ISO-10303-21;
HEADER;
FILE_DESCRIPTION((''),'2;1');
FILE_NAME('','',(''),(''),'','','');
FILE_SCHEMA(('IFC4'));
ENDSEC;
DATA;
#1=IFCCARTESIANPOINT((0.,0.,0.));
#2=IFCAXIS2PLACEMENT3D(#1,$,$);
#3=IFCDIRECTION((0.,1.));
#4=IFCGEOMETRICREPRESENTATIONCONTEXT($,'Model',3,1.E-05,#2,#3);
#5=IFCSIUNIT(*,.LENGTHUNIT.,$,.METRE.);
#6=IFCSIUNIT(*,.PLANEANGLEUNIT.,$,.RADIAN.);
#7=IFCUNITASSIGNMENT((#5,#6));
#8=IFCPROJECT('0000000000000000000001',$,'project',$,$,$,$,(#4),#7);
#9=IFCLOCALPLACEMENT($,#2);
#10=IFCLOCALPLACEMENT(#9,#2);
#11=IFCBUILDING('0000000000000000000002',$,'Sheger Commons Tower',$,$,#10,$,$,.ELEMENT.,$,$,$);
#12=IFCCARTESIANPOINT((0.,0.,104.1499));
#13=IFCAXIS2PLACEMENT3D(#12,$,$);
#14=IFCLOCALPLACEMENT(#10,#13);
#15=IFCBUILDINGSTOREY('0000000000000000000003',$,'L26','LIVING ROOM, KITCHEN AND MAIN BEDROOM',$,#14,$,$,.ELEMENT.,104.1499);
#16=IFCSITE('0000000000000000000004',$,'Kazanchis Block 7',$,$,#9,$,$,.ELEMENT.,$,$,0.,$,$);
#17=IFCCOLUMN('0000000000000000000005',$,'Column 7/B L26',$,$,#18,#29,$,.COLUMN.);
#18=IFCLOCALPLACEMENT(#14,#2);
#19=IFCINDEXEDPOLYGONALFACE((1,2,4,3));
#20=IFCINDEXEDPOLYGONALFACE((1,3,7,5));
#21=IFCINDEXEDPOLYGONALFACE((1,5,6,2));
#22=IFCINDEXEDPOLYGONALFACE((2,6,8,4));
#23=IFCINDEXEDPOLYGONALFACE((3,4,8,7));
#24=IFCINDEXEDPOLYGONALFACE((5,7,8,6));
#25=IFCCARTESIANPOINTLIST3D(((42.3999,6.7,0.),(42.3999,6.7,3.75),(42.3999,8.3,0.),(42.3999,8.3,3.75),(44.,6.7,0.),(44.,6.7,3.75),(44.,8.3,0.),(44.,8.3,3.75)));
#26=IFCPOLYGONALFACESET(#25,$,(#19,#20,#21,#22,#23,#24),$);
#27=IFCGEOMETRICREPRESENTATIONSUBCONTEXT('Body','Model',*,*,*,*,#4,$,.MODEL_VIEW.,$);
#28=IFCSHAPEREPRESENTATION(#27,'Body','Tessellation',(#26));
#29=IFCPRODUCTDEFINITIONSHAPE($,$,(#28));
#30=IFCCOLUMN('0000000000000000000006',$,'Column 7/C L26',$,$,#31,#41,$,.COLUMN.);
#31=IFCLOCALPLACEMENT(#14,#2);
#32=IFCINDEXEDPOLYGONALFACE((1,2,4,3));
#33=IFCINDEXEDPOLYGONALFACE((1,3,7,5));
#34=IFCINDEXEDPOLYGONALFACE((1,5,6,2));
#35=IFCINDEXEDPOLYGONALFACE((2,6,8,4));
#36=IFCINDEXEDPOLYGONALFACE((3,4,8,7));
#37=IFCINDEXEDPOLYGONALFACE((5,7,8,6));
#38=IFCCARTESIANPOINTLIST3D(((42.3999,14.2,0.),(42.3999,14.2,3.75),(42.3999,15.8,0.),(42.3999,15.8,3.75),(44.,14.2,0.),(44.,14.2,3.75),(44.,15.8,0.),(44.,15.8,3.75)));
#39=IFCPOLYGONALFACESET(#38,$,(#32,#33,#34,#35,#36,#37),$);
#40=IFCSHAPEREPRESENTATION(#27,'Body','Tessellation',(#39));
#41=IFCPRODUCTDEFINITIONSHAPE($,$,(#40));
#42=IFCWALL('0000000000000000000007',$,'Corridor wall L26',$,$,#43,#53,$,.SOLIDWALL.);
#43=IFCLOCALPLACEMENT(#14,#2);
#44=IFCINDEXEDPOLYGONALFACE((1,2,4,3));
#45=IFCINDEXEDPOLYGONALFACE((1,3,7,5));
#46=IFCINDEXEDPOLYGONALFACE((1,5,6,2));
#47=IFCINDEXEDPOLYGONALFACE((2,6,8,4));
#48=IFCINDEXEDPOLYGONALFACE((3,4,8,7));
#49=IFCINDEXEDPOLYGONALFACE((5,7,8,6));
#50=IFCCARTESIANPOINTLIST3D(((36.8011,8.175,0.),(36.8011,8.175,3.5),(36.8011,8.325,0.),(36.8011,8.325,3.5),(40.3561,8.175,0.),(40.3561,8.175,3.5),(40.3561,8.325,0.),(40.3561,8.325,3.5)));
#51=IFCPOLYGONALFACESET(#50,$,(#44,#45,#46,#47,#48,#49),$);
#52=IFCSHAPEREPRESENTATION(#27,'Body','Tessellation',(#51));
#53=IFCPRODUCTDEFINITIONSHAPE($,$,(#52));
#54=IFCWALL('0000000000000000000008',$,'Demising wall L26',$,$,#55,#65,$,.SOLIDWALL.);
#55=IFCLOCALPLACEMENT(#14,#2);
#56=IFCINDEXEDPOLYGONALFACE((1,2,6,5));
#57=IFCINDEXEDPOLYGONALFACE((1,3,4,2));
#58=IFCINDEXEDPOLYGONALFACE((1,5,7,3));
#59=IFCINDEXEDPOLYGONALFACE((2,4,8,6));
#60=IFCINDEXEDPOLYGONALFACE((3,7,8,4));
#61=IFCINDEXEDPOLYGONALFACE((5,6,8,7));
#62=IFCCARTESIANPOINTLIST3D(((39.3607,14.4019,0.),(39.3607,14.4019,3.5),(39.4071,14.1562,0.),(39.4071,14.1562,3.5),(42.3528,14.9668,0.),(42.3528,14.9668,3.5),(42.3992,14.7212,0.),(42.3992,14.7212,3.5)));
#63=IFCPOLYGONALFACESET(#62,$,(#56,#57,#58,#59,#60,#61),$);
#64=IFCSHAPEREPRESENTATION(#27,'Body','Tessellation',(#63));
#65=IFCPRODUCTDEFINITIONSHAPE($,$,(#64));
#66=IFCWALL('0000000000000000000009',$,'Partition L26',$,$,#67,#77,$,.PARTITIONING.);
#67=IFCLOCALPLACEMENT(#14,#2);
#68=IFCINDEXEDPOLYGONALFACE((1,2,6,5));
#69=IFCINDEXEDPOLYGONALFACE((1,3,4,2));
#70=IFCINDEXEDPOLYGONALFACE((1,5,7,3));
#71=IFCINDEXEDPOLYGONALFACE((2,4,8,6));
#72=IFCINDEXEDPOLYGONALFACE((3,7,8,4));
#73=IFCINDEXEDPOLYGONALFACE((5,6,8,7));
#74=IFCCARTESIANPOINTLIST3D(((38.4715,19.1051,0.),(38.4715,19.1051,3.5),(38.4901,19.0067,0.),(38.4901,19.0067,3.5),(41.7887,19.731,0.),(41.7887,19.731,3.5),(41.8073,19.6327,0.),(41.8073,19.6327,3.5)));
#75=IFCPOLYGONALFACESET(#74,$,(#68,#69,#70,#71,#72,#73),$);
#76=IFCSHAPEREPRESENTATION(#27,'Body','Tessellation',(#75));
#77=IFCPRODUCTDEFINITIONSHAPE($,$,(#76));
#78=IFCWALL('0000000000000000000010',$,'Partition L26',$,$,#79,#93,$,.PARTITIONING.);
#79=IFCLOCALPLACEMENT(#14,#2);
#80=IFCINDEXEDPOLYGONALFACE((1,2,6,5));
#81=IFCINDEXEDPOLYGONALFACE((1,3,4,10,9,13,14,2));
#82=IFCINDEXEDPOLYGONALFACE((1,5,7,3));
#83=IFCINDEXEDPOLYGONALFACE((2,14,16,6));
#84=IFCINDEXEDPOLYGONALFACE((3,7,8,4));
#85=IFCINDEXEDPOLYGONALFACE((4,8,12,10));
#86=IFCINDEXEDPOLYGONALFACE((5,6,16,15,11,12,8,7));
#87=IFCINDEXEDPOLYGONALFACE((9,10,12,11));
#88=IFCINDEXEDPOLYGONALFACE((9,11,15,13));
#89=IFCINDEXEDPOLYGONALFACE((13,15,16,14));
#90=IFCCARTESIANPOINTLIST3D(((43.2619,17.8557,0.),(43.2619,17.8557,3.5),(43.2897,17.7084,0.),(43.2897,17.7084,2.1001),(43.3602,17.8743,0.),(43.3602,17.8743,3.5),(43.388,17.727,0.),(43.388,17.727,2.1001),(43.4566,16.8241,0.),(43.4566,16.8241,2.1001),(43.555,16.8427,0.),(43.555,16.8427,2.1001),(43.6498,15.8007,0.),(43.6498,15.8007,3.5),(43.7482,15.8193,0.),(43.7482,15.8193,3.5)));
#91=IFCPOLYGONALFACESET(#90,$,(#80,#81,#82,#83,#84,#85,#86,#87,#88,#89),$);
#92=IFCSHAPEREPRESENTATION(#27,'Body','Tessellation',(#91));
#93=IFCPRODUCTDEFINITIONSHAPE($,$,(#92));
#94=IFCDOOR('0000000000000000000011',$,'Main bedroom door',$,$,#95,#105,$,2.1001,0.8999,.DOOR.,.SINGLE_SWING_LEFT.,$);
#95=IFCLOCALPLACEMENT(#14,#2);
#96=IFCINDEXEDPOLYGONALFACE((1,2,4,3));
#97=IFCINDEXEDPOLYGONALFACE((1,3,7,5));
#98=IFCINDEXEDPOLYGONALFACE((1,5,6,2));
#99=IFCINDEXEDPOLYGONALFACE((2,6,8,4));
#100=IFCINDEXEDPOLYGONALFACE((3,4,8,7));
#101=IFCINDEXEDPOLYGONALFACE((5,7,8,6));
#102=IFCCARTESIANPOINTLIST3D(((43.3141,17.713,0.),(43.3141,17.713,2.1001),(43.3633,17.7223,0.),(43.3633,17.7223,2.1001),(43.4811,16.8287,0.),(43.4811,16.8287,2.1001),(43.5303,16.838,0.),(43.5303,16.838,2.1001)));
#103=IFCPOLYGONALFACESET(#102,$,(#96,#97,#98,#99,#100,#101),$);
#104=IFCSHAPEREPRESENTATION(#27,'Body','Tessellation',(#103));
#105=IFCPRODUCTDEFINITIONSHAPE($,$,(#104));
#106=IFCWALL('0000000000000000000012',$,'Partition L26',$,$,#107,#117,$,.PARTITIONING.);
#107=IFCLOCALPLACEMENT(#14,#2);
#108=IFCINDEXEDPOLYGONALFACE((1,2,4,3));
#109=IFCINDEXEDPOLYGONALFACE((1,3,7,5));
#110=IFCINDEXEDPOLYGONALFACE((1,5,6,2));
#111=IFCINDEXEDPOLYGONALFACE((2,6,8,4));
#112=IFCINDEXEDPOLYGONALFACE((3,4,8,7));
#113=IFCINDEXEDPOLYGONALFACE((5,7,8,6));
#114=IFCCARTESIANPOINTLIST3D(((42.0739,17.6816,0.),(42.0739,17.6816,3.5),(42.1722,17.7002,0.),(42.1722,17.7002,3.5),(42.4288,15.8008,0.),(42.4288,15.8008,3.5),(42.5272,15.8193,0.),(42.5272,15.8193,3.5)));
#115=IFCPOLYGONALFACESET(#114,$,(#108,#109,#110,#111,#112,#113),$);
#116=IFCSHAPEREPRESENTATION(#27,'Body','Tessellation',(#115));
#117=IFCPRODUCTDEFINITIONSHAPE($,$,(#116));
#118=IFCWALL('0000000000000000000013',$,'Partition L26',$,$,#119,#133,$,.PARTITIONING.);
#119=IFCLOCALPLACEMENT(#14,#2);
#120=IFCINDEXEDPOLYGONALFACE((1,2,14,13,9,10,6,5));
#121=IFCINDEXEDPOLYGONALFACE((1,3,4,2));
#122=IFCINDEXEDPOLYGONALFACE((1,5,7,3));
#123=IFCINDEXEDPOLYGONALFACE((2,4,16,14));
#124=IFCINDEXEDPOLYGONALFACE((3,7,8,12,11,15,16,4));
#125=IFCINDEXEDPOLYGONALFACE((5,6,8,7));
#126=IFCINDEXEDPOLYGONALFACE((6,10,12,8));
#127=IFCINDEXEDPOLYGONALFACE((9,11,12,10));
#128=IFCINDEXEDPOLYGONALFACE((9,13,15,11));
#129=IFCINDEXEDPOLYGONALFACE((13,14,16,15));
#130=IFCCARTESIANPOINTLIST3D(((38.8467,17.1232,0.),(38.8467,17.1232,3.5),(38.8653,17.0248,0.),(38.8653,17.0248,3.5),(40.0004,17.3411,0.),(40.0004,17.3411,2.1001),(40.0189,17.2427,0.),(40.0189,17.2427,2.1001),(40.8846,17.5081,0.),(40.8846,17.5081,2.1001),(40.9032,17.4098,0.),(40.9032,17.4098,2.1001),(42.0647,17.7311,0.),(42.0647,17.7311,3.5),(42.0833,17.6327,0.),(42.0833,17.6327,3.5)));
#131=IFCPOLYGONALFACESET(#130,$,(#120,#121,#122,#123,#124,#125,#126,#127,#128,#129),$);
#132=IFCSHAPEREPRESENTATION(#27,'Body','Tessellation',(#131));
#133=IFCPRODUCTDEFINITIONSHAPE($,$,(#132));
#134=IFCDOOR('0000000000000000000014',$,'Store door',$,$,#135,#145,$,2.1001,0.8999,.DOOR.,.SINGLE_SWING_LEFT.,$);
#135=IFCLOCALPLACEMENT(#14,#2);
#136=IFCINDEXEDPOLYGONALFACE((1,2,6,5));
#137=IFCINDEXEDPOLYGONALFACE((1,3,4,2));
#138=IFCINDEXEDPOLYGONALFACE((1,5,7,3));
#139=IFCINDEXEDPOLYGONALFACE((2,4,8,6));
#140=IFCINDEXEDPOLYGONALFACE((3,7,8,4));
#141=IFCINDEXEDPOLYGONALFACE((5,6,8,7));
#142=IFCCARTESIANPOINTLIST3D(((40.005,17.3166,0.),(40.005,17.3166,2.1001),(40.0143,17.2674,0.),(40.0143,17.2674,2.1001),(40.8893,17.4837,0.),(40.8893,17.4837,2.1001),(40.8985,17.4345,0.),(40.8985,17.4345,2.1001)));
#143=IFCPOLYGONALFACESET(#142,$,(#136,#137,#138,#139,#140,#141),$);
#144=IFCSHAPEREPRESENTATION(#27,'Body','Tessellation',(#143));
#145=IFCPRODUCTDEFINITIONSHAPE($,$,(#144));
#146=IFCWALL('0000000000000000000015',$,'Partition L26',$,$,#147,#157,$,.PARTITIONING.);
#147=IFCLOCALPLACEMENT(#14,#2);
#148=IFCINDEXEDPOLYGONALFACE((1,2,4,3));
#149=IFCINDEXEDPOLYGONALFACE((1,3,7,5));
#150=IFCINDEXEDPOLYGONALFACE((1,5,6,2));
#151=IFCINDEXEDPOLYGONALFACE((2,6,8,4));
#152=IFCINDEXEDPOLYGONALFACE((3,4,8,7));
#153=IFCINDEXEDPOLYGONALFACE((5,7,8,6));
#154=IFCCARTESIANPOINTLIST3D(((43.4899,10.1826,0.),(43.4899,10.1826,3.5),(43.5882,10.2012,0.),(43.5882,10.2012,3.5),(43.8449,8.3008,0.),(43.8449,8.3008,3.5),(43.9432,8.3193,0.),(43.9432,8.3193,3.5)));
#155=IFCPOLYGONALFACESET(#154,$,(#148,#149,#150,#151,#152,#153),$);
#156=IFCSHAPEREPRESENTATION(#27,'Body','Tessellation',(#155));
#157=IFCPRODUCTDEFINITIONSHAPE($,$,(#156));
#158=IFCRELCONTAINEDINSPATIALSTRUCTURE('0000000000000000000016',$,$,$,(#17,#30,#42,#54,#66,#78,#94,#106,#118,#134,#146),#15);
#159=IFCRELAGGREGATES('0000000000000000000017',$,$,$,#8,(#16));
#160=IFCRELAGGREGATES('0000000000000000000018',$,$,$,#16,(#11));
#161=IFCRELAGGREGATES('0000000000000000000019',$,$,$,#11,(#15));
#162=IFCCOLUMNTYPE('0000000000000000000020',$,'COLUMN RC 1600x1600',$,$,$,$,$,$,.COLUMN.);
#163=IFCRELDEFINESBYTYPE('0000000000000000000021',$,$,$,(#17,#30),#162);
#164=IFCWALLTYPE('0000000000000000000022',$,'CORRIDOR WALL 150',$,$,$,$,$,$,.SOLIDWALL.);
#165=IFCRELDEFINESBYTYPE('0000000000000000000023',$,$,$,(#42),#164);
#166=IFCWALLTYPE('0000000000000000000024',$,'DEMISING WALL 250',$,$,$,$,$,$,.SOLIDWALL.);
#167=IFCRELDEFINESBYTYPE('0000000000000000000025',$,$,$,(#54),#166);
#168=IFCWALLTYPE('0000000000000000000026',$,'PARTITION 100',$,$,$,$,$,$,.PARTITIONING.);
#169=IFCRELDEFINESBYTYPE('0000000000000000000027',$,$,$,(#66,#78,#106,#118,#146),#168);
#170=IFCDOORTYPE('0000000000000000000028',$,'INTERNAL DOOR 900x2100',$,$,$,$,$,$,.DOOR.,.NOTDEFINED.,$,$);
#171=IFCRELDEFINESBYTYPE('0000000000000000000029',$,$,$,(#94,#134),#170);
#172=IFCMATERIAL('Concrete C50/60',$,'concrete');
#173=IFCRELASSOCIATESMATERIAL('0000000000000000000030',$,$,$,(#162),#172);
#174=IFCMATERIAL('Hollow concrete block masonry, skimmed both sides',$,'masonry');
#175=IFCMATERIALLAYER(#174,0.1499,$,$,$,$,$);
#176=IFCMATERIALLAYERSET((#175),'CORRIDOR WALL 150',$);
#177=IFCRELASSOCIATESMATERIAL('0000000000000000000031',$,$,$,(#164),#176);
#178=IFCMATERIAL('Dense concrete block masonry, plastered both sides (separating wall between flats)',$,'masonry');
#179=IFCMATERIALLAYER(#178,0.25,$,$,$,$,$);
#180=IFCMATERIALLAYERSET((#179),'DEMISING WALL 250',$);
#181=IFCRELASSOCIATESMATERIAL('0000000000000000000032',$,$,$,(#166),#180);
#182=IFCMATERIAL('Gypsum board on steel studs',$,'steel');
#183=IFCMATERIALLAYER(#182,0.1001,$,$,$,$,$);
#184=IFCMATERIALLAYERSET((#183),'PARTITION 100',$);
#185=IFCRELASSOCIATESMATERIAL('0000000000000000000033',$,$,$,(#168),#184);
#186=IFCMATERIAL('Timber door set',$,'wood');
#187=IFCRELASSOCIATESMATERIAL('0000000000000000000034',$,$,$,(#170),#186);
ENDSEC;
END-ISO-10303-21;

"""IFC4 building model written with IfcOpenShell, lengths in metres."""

from ifc_helpers import new_model, si_unit, direction, frame, frame_2d, origin, origin_2d, place, context, subcontext, project, spatial, rectangle, extrude, material, layer, layer_set, material_profile, profile_set, type_object, element, fill, save


model = new_model("IFC4")

# Units and contexts
model_context = context("Model", 3, precision=1e-05, world=origin(), true_north=direction((0.0, 1.0)))
body_context = subcontext(model_context, "Body", "Model", "MODEL_VIEW")
ifc_project = project(units=[si_unit("LENGTHUNIT", "METRE"), si_unit("PLANEANGLEUNIT", "RADIAN")], contexts=[model_context])

# Site, building, storey
site_placement = place(None, origin())
site = spatial("IfcSite", under=ifc_project, at=site_placement, Name="Kazanchis Block 7", CompositionType="ELEMENT", RefElevation=0.0)
building_placement = place(site_placement, origin())
building = spatial("IfcBuilding", under=site, at=building_placement, Name="Sheger Commons Tower", CompositionType="ELEMENT")
storey_placement = place(building_placement, frame((0.0, 0.0, 104.1499)))
storey = spatial("IfcBuildingStorey", under=building, at=storey_placement, Name="L26", Description="LIVING ROOM, KITCHEN AND MAIN BEDROOM", CompositionType="ELEMENT", Elevation=104.1499)

# Columns
ifc_material_1 = material(Name="Concrete C50/60", Category="concrete")
ifc_material_profile = material_profile(ifc_material_1, rectangle(XDim=1.6001, YDim=1.6001, at=origin_2d()), Name="RC 1600x1600")
ifc_profile_set = profile_set([ifc_material_profile], Name="Concrete C50/60")
column_type = type_object("IfcColumnType", Name="COLUMN RC 1600x1600", PredefinedType="COLUMN", material=ifc_profile_set)
for number, where, z_axis, x_axis, name in (
    (1, (43.2, 7.5, 0.0), (0.0, 0.0, 1.0), (1.0, 0.0, 0.0), "Column 7/B L26"),
    (2, (43.2, 15.0, 0.0), (0.0, 0.0, 1.0), (1.0, 0.0, 0.0), "Column 7/C L26"),
):
    element("IfcColumn", number, at=place(storey_placement, frame(where, z_axis=z_axis, x_axis=x_axis)), inside=storey, type_object=column_type, Name=name, PredefinedType="COLUMN", context=body_context, shape_type="SweptSolid", body=[
        extrude(rectangle(XDim=1.6001, YDim=1.6001, at=origin_2d()), origin(), (0.0, 0.0, 1.0), 3.75),
    ])

# Walls
ifc_material_2 = material(Name="Hollow concrete block masonry, skimmed both sides", Category="masonry")
ifc_layer_1 = layer(ifc_material_2, 0.1499)
ifc_layer_set_1 = layer_set([ifc_layer_1], Name="CORRIDOR WALL 150")
wall_type_1 = type_object("IfcWallType", Name="CORRIDOR WALL 150", PredefinedType="SOLIDWALL", material=ifc_layer_set_1)
wall_1_placement = place(storey_placement, frame((40.356, 8.25, 0.0), z_axis=(0.0, 0.0, 1.0), x_axis=(-1.0, 0.0, 0.0)))
element("IfcWall", 3, at=wall_1_placement, inside=storey, type_object=wall_type_1, Name="Corridor wall L26", PredefinedType="SOLIDWALL", context=body_context, shape_type="SweptSolid", body=[
    extrude(rectangle(XDim=3.5549, YDim=0.1499, at=frame_2d((1.7773, 0.0))), origin(), (0.0, 0.0, 1.0), 3.5),
])
ifc_material_3 = material(Name="Dense concrete block masonry, plastered both sides (separating wall between flats)", Category="masonry")
ifc_layer_2 = layer(ifc_material_3, 0.25)
ifc_layer_set_2 = layer_set([ifc_layer_2], Name="DEMISING WALL 250")
wall_type_2 = type_object("IfcWallType", Name="DEMISING WALL 250", PredefinedType="SOLIDWALL", material=ifc_layer_set_2)
wall_2_placement = place(storey_placement, frame((42.376, 14.844, 0.0), z_axis=(0.0, 0.0, 1.0), x_axis=(-0.982636, -0.185542, 0.0)))
element("IfcWall", 4, at=wall_2_placement, inside=storey, type_object=wall_type_2, Name="Demising wall L26", PredefinedType="SOLIDWALL", context=body_context, shape_type="SweptSolid", body=[
    extrude(rectangle(XDim=3.0449, YDim=0.25, at=frame_2d((1.5225, 0.0))), origin(), (0.0, 0.0, 1.0), 3.5),
])
ifc_material_4 = material(Name="Gypsum board on steel studs", Category="steel")
ifc_layer_3 = layer(ifc_material_4, 0.1001)
ifc_layer_set_3 = layer_set([ifc_layer_3], Name="PARTITION 100")
wall_type_3 = type_object("IfcWallType", Name="PARTITION 100", PredefinedType="PARTITIONING", material=ifc_layer_set_3)
wall_3_placement = place(storey_placement, frame((41.7981, 19.6819, 0.0), z_axis=(0.0, 0.0, 1.0), x_axis=(-0.982656, -0.185437, 0.0)))
element("IfcWall", 5, at=wall_3_placement, inside=storey, type_object=wall_type_3, Name="Partition L26", PredefinedType="PARTITIONING", context=body_context, shape_type="SweptSolid", body=[
    extrude(rectangle(XDim=3.3757, YDim=0.1001, at=frame_2d((1.688, 0.0))), origin(), (0.0, 0.0, 1.0), 3.5),
])

# Wall, opening, door
wall_4_placement = place(storey_placement, frame((43.311, 17.865, 0.0), z_axis=(0.0, 0.0, 1.0), x_axis=(0.185508, -0.982643, 0.0)))
wall_4 = element("IfcWall", 6, at=wall_4_placement, inside=storey, type_object=wall_type_3, Name="Partition L26", PredefinedType="PARTITIONING", context=body_context, shape_type="SweptSolid", body=[
    extrude(rectangle(XDim=2.0913, YDim=0.1001, at=frame_2d((1.0457, 0.0))), origin(), (0.0, 0.0, 1.0), 3.5),
])
opening_1_placement = place(wall_4_placement, frame((0.1499, 0.0, 0.0)))
opening_1 = element("IfcOpeningElement", 7, at=opening_1_placement, cuts=wall_4, PredefinedType="OPENING", context=body_context, shape_type="SweptSolid", body=[
    extrude(rectangle(XDim=0.8999, YDim=2.1001, at=frame_2d((0.45, 1.05))), frame((0.0, 0.0601, 0.0), z_axis=(0.0, -1.0, 0.0), x_axis=(1.0, 0.0, 0.0)), (0.0, 0.0, 1.0), 0.1201),
])
ifc_material_5 = material(Name="Timber door set", Category="wood")
door_type_1 = type_object("IfcDoorType", Name="INTERNAL DOOR 900x2100", OperationType="NOTDEFINED", PredefinedType="DOOR", material=ifc_material_5)
door_1_placement = place(opening_1_placement, origin())
door_1 = element("IfcDoor", 8, at=door_1_placement, inside=storey, type_object=door_type_1, Name="Main bedroom door", OperationType="SINGLE_SWING_LEFT", OverallHeight=2.1001, OverallWidth=0.8999, PredefinedType="DOOR", context=body_context, shape_type="SweptSolid", body=[
    extrude(rectangle(XDim=0.8999, YDim=2.1001, at=frame_2d((0.45, 1.05))), frame((0.0, 0.0249, 0.0), z_axis=(0.0, -1.0, 0.0), x_axis=(1.0, 0.0, 0.0)), (0.0, 0.0, 1.0), 0.05),
])
fill(opening_1, door_1)

# Wall
wall_5_placement = place(storey_placement, frame((42.123, 17.6909, 0.0), z_axis=(0.0, 0.0, 1.0), x_axis=(0.185459, -0.982652, 0.0)))
element("IfcWall", 9, at=wall_5_placement, inside=storey, type_object=wall_type_3, Name="Partition L26", PredefinedType="PARTITIONING", context=body_context, shape_type="SweptSolid", body=[
    extrude(rectangle(XDim=1.9141, YDim=0.1001, at=frame_2d((0.957, 0.0))), origin(), (0.0, 0.0, 1.0), 3.5),
])

# Wall, opening, door
wall_6_placement = place(storey_placement, frame((42.074, 17.6819, 0.0), z_axis=(0.0, 0.0, 1.0), x_axis=(-0.982621, -0.185625, 0.0)))
wall_6 = element("IfcWall", 10, at=wall_6_placement, inside=storey, type_object=wall_type_3, Name="Partition L26", PredefinedType="PARTITIONING", context=body_context, shape_type="SweptSolid", body=[
    extrude(rectangle(XDim=3.2749, YDim=0.1001, at=frame_2d((1.6375, 0.0))), origin(), (0.0, 0.0, 1.0), 3.5),
])
opening_2_placement = place(wall_6_placement, frame((1.2009, 0.0, 0.0)))
opening_2 = element("IfcOpeningElement", 11, at=opening_2_placement, cuts=wall_6, PredefinedType="OPENING", context=body_context, shape_type="SweptSolid", body=[
    extrude(rectangle(XDim=0.8999, YDim=2.1001, at=frame_2d((0.45, 1.05))), frame((0.0, 0.0601, 0.0), z_axis=(0.0, -1.0, 0.0), x_axis=(1.0, 0.0, 0.0)), (0.0, 0.0, 1.0), 0.1201),
])
door_2_placement = place(opening_2_placement, origin())
door_2 = element("IfcDoor", 12, at=door_2_placement, inside=storey, type_object=door_type_1, Name="Store door", OperationType="SINGLE_SWING_LEFT", OverallHeight=2.1001, OverallWidth=0.8999, PredefinedType="DOOR", context=body_context, shape_type="SweptSolid", body=[
    extrude(rectangle(XDim=0.8999, YDim=2.1001, at=frame_2d((0.45, 1.05))), frame((0.0, 0.0249, 0.0), z_axis=(0.0, -1.0, 0.0), x_axis=(1.0, 0.0, 0.0)), (0.0, 0.0, 1.0), 0.05),
])
fill(opening_2, door_2)

# Wall
wall_7_placement = place(storey_placement, frame((43.5391, 10.1919, 0.0), z_axis=(0.0, 0.0, 1.0), x_axis=(0.185366, -0.98267, 0.0)))
element("IfcWall", 13, at=wall_7_placement, inside=storey, type_object=wall_type_3, Name="Partition L26", PredefinedType="PARTITIONING", context=body_context, shape_type="SweptSolid", body=[
    extrude(rectangle(XDim=1.915, YDim=0.1001, at=frame_2d((0.9575, 0.0))), origin(), (0.0, 0.0, 1.0), 3.5),
])

save(model, "model.ifc")
